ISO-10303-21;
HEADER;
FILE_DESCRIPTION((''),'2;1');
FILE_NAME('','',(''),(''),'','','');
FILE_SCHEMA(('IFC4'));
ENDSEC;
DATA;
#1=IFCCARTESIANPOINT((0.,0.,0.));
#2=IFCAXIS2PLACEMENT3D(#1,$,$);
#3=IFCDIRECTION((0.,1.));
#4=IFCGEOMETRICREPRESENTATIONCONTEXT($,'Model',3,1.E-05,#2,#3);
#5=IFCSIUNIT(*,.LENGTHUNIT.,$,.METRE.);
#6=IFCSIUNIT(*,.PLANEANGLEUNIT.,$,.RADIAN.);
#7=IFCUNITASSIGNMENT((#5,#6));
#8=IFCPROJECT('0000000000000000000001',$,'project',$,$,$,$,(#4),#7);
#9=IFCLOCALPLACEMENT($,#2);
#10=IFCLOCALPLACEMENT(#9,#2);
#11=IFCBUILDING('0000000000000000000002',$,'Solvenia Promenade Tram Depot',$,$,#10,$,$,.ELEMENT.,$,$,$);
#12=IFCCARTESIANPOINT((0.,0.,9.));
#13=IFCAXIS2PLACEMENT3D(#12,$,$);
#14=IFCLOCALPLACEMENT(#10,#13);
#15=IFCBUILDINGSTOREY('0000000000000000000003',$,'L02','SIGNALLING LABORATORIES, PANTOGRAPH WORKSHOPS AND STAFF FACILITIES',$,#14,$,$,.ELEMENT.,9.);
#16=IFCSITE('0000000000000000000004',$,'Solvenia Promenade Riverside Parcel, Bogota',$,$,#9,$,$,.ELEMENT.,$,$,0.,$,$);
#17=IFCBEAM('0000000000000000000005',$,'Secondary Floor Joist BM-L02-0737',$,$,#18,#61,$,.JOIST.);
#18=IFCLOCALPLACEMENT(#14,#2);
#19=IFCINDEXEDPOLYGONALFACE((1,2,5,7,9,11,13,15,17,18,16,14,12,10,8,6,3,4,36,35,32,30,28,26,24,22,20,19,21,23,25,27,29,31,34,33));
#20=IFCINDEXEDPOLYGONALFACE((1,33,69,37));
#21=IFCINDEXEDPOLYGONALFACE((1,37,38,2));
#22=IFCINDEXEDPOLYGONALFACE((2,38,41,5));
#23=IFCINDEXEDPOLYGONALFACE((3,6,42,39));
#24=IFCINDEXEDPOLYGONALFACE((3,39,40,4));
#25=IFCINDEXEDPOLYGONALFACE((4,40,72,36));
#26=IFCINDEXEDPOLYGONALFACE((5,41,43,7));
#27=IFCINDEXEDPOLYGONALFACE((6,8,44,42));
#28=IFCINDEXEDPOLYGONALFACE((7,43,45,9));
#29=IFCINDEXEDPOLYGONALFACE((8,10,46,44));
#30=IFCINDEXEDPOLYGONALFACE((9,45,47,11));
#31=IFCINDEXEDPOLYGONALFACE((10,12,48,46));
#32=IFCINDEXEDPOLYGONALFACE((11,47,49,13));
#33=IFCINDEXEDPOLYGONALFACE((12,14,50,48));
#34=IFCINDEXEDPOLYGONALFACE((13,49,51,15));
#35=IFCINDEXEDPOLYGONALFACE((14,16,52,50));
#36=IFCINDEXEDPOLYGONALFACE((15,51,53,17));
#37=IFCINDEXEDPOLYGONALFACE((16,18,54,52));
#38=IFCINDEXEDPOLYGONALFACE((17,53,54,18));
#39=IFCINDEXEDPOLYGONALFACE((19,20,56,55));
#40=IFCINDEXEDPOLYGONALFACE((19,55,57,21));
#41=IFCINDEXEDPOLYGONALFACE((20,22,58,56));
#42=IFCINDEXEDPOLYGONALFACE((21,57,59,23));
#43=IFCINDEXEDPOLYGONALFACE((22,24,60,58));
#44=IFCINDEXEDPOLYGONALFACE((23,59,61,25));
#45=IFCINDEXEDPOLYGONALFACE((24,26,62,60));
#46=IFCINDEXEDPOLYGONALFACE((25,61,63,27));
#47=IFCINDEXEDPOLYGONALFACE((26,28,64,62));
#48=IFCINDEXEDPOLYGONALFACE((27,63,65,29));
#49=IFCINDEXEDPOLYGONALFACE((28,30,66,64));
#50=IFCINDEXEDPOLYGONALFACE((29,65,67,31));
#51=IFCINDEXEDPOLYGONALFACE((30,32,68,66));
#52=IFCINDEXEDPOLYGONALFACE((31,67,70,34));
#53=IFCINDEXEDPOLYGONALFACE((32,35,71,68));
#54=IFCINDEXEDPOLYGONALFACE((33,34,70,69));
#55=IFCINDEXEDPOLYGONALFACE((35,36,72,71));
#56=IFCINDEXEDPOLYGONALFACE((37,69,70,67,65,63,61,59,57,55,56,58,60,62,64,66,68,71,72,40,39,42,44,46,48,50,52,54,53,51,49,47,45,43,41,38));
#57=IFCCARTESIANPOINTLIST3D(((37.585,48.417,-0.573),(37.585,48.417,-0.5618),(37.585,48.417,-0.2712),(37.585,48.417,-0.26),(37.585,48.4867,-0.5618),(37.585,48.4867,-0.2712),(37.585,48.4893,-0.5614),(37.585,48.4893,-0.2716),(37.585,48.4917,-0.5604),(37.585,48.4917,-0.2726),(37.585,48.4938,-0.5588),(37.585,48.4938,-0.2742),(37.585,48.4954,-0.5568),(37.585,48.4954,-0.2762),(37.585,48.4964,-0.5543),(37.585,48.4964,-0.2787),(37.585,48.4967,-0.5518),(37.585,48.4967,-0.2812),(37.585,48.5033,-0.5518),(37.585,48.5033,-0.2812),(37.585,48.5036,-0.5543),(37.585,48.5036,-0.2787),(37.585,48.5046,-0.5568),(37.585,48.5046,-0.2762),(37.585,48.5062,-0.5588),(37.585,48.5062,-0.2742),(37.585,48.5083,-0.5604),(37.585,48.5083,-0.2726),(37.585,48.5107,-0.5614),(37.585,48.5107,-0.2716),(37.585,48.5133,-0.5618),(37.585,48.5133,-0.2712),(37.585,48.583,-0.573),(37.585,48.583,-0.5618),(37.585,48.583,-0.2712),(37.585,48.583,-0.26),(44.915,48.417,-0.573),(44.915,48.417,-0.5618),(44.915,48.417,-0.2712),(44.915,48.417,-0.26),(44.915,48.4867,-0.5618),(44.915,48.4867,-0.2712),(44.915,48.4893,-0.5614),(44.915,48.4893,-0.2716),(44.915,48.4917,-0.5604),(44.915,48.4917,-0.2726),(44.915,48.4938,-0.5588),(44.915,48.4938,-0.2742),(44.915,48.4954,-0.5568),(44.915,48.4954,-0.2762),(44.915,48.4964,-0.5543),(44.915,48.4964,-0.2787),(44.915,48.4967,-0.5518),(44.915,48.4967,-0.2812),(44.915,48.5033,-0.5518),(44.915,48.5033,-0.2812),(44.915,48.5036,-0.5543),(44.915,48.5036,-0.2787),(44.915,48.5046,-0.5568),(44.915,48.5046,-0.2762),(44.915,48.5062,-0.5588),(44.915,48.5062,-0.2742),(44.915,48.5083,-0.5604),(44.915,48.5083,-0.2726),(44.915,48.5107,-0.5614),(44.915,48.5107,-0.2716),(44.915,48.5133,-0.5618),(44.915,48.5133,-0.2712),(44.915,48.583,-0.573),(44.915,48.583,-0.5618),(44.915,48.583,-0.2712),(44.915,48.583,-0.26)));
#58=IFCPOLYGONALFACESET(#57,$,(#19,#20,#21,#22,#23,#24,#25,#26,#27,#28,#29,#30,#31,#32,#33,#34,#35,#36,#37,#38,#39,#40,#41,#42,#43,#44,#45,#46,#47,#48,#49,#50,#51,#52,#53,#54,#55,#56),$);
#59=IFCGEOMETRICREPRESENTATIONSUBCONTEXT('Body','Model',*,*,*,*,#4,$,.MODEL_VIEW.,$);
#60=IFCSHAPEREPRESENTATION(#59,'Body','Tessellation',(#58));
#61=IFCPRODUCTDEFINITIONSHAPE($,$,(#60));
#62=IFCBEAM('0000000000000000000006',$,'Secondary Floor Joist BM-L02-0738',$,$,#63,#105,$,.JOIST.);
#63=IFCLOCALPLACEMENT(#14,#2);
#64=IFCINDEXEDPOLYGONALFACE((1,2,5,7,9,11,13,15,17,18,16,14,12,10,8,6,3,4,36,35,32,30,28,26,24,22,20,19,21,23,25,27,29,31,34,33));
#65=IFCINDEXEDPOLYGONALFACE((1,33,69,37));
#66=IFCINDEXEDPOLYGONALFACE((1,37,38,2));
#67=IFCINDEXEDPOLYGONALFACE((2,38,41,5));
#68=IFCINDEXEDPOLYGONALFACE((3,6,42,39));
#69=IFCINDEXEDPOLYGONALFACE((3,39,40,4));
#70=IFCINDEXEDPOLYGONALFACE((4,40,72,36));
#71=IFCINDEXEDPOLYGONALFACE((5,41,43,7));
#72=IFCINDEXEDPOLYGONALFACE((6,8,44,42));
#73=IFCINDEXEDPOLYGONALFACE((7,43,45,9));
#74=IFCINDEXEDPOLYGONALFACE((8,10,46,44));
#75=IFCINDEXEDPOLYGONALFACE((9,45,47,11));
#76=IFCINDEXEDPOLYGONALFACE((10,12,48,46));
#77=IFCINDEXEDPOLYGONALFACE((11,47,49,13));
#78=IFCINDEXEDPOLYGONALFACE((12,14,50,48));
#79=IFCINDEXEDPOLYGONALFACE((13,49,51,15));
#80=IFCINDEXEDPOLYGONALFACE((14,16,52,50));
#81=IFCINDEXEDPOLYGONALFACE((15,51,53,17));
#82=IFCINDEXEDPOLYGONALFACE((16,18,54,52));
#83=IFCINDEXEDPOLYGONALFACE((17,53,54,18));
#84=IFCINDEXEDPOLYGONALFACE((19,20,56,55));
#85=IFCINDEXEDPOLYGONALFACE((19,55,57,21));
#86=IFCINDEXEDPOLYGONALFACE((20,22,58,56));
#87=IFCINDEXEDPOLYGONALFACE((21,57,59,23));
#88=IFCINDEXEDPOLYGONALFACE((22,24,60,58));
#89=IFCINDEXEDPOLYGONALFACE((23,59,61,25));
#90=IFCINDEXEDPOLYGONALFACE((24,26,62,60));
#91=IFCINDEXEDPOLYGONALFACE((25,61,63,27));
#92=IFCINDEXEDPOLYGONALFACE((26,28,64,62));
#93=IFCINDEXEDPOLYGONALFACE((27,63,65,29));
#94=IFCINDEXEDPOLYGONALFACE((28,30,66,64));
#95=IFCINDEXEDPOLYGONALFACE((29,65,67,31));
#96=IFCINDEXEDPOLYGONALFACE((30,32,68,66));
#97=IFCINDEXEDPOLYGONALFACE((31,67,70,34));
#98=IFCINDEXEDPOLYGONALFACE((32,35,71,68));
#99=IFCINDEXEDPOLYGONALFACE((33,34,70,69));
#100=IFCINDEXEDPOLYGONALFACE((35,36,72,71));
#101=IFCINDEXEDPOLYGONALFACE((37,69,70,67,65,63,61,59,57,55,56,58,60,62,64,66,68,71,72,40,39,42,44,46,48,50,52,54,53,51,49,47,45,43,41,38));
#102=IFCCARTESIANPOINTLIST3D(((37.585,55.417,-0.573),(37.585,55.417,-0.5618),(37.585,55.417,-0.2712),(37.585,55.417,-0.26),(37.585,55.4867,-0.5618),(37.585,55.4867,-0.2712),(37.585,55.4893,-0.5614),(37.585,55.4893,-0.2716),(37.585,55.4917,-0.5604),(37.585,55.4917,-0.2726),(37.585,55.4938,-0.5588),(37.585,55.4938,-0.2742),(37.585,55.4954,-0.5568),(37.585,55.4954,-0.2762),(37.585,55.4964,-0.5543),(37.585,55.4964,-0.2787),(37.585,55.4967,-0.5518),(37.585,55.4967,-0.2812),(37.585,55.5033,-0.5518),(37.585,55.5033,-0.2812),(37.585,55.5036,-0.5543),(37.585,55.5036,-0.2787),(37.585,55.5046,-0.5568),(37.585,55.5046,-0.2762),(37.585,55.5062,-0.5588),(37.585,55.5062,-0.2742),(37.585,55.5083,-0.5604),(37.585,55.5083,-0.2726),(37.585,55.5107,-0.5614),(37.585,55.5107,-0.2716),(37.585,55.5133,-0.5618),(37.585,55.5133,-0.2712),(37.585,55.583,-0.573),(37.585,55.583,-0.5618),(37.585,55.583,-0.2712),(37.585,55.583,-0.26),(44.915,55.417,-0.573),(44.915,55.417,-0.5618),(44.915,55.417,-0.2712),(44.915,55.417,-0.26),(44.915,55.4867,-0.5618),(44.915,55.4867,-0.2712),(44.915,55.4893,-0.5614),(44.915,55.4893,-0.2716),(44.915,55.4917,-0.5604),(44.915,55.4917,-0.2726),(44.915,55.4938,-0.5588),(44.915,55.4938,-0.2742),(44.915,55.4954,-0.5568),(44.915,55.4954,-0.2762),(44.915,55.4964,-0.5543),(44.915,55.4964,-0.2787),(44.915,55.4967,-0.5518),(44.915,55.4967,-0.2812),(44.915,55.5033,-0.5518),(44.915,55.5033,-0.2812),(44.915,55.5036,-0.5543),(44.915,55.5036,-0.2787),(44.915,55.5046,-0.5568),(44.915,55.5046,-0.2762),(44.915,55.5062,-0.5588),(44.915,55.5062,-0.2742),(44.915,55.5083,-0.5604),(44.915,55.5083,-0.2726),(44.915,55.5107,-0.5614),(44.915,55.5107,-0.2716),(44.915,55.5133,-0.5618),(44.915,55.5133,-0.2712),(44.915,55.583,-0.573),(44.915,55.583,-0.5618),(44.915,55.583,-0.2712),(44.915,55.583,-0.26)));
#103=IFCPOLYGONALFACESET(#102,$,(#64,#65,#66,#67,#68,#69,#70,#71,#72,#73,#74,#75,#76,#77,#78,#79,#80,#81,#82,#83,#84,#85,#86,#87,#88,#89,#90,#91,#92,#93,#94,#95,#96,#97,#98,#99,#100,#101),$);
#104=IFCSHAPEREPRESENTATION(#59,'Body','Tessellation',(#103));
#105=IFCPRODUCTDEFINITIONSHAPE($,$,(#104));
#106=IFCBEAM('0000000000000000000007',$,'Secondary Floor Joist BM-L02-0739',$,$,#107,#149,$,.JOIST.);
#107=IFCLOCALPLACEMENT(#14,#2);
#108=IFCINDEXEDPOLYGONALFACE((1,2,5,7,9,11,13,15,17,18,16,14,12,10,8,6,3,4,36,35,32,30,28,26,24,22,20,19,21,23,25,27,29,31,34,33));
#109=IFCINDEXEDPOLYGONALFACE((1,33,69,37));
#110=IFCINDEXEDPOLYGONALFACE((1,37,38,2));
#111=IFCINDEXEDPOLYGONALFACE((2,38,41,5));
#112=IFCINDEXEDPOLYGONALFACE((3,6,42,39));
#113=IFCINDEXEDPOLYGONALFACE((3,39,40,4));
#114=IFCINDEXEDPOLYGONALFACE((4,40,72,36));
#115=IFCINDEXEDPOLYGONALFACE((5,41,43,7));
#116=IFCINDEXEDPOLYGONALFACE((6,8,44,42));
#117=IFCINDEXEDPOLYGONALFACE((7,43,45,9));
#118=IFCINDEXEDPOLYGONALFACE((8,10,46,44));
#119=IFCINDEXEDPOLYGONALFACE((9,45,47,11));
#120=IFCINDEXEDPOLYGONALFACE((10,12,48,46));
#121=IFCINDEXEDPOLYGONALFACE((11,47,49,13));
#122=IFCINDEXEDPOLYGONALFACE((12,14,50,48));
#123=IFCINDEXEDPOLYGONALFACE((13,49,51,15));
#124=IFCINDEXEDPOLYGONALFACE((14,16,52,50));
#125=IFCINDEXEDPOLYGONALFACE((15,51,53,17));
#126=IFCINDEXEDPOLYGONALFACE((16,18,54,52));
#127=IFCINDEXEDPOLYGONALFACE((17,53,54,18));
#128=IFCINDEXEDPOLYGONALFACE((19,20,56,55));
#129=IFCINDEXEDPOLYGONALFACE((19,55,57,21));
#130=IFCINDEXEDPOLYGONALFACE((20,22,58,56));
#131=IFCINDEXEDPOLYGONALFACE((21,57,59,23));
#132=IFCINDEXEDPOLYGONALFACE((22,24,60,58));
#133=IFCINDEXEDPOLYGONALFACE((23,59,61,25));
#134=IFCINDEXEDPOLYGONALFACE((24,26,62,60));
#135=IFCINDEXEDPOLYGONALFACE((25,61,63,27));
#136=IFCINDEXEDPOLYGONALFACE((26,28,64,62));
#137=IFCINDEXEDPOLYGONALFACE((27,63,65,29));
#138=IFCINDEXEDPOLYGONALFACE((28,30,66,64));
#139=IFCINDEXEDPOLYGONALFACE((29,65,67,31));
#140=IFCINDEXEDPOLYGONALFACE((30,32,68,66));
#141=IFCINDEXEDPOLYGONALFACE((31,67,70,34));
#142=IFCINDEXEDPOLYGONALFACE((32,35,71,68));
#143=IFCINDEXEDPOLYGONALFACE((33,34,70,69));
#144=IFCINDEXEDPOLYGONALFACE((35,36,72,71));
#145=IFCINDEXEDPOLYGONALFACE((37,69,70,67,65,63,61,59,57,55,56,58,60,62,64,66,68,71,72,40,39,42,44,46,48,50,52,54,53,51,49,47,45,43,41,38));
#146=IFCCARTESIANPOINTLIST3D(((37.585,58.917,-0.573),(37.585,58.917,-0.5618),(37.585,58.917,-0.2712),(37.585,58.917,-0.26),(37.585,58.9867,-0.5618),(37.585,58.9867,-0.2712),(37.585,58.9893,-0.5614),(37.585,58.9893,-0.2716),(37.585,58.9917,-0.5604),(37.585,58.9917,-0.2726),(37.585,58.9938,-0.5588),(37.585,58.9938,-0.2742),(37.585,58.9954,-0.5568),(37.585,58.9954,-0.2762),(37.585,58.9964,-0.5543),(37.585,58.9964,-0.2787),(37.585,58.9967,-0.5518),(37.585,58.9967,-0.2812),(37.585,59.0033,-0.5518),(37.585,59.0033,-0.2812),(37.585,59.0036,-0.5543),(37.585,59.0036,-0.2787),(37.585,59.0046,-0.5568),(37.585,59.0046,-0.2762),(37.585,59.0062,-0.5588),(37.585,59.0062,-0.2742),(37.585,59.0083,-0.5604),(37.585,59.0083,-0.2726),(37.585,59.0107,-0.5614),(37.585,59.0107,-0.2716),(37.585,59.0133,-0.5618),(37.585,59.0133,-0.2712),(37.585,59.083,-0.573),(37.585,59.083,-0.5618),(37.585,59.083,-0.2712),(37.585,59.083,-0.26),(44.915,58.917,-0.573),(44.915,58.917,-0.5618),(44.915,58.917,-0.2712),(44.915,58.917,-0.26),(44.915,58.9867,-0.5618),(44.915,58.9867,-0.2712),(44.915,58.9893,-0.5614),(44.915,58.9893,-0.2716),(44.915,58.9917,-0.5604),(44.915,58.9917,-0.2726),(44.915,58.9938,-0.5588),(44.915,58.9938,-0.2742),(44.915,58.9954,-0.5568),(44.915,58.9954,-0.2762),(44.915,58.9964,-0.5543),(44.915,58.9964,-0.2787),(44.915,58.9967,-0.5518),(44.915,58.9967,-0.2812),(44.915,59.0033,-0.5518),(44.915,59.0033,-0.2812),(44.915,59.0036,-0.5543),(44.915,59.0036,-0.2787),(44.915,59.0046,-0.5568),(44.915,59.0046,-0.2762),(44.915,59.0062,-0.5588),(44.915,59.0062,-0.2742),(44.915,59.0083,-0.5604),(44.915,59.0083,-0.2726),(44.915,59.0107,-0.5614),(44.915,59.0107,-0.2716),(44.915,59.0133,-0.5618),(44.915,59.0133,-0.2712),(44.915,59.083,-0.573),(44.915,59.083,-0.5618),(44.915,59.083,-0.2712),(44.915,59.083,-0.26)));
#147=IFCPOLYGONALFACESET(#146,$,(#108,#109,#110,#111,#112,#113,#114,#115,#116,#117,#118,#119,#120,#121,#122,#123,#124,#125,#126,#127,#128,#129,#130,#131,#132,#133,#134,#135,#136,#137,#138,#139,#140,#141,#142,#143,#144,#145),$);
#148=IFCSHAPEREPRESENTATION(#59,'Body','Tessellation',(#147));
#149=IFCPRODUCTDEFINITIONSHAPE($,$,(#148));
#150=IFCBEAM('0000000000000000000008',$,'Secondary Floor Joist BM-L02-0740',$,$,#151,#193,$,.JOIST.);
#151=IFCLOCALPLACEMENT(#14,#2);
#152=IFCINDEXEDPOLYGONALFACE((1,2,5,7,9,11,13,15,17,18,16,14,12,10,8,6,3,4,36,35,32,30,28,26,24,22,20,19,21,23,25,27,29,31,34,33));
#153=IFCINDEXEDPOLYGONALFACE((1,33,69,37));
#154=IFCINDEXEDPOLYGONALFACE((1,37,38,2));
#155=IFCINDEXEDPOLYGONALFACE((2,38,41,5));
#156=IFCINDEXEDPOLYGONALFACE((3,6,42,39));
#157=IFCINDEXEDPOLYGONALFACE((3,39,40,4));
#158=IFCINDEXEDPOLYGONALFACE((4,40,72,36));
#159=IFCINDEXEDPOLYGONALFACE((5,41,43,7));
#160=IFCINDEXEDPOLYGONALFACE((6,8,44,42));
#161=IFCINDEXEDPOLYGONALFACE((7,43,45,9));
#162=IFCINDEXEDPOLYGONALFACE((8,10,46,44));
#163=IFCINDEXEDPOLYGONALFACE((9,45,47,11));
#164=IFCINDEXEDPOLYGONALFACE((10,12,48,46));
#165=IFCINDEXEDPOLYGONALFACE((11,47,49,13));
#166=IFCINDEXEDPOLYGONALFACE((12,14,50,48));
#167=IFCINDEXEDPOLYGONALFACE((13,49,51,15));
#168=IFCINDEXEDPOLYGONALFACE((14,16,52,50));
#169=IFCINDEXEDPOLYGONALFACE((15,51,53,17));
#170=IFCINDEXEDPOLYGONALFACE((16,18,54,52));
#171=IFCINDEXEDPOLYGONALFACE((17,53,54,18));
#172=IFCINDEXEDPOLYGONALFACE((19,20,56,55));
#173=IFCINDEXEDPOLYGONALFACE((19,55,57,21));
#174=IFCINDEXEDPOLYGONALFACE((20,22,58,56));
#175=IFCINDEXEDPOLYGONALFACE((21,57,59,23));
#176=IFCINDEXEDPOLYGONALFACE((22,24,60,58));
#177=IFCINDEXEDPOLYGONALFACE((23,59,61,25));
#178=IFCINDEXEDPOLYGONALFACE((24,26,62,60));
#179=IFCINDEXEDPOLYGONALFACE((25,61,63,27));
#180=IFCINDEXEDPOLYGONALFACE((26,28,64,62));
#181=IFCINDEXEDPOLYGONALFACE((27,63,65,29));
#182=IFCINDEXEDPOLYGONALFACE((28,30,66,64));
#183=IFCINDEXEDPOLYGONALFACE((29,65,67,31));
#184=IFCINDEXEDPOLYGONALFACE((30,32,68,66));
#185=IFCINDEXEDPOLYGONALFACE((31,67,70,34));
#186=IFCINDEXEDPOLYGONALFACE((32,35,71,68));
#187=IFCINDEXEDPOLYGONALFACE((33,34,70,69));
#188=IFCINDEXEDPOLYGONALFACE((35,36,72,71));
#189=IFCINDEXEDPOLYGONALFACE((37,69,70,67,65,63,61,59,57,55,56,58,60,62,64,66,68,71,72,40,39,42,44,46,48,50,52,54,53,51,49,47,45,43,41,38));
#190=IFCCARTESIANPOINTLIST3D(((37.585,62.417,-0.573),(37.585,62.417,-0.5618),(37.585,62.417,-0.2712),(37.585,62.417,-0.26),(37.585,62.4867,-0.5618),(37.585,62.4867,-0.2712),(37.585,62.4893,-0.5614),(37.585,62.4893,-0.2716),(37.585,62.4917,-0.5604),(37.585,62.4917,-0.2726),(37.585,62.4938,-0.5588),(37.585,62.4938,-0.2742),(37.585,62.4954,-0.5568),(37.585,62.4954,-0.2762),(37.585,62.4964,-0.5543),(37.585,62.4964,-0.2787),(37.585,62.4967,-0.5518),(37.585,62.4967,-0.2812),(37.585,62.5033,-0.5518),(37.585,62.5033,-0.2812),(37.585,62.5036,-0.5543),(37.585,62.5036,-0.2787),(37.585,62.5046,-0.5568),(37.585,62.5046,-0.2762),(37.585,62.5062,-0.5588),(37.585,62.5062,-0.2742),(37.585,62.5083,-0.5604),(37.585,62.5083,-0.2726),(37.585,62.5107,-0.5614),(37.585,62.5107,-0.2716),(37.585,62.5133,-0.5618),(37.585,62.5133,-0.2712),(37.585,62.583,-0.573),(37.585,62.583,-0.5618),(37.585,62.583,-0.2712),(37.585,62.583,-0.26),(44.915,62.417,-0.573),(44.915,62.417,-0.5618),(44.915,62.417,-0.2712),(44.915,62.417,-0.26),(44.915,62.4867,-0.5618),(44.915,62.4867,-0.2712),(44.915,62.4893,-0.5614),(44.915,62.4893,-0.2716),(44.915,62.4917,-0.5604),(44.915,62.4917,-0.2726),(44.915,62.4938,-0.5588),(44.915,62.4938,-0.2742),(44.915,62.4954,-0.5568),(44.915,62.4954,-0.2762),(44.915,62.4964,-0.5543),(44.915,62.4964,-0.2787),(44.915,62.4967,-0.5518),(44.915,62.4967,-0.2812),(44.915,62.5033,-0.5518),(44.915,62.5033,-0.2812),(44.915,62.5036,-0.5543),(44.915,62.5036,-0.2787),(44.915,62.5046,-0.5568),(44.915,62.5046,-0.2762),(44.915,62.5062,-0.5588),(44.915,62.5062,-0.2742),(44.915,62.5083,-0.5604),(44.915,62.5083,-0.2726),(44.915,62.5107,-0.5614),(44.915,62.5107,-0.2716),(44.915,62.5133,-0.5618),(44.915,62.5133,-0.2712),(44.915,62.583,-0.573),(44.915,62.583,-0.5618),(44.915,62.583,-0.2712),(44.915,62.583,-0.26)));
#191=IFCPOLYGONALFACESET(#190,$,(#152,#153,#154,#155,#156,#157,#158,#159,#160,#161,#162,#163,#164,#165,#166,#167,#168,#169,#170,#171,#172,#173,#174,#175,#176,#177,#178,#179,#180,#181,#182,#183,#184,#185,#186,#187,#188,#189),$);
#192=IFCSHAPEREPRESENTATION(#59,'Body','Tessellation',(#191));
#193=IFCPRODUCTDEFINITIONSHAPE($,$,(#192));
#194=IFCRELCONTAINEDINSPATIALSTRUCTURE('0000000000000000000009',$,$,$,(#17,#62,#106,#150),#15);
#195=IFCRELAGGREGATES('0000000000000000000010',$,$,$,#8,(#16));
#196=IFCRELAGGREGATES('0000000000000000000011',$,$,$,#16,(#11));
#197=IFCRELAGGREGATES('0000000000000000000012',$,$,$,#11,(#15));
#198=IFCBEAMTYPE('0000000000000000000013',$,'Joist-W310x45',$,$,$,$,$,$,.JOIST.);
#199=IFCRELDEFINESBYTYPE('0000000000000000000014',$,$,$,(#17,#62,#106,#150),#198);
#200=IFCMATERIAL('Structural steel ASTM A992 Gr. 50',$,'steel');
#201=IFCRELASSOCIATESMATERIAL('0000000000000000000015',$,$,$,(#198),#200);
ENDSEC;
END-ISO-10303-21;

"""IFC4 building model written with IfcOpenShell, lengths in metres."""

from ifc_helpers import new_model, si_unit, direction, frame, origin, origin_2d, place, context, subcontext, project, spatial, i_section, extrude, material, material_profile, profile_set, type_object, element, save


model = new_model("IFC4")

# Units and contexts
model_context = context("Model", 3, precision=1e-05, world=origin(), true_north=direction((0.0, 1.0)))
body_context = subcontext(model_context, "Body", "Model", "MODEL_VIEW")
ifc_project = project(units=[si_unit("LENGTHUNIT", "METRE"), si_unit("PLANEANGLEUNIT", "RADIAN")], contexts=[model_context])

# Site, building, storey
site_placement = place(None, origin())
site = spatial("IfcSite", under=ifc_project, at=site_placement, Name="Solvenia Promenade Riverside Parcel, Bogota", CompositionType="ELEMENT", RefElevation=0.0)
building_placement = place(site_placement, origin())
building = spatial("IfcBuilding", under=site, at=building_placement, Name="Solvenia Promenade Tram Depot", CompositionType="ELEMENT")
storey_placement = place(building_placement, frame((0.0, 0.0, 9.0)))
storey = spatial("IfcBuildingStorey", under=building, at=storey_placement, Name="L02", Description="SIGNALLING LABORATORIES, PANTOGRAPH WORKSHOPS AND STAFF FACILITIES", CompositionType="ELEMENT", Elevation=9.0)

# Beams
ifc_material_1 = material(Name="Structural steel ASTM A992 Gr. 50", Category="steel")
ifc_material_profile_1 = material_profile(ifc_material_1, i_section(OverallWidth=0.166, OverallDepth=0.313, WebThickness=0.0066, FlangeThickness=0.0112, FilletRadius=0.01, at=origin_2d()), Name="W310x45", Category="steel")
ifc_profile_set_1 = profile_set([ifc_material_profile_1], Name="Structural steel ASTM A992 Gr. 50")
beam_type_1 = type_object("IfcBeamType", Name="Joist-W310x45", PredefinedType="JOIST", material=ifc_profile_set_1)
for number, where, z_axis, x_axis, name in (
    (1, (37.585, 48.5, -0.4165), (1.0, 0.0, 0.0), (0.0, 1.0, 0.0), "Secondary Floor Joist BM-L02-0737"),
    (2, (37.585, 55.5, -0.4165), (1.0, 0.0, 0.0), (0.0, 1.0, 0.0), "Secondary Floor Joist BM-L02-0738"),
    (3, (37.585, 59.0, -0.4165), (1.0, 0.0, 0.0), (0.0, 1.0, 0.0), "Secondary Floor Joist BM-L02-0739"),
    (4, (37.585, 62.5, -0.4165), (1.0, 0.0, 0.0), (0.0, 1.0, 0.0), "Secondary Floor Joist BM-L02-0740"),
):
    element("IfcBeam", number, at=place(storey_placement, frame(where, z_axis=z_axis, x_axis=x_axis)), inside=storey, type_object=beam_type_1, Name=name, PredefinedType="JOIST", context=body_context, shape_type="SweptSolid", body=[
        extrude(i_section(OverallWidth=0.166, OverallDepth=0.313, WebThickness=0.0066, FlangeThickness=0.0112, FilletRadius=0.01, at=origin_2d()), origin(), (0.0, 0.0, 1.0), 7.3301),
    ])

save(model, "model.ifc")
